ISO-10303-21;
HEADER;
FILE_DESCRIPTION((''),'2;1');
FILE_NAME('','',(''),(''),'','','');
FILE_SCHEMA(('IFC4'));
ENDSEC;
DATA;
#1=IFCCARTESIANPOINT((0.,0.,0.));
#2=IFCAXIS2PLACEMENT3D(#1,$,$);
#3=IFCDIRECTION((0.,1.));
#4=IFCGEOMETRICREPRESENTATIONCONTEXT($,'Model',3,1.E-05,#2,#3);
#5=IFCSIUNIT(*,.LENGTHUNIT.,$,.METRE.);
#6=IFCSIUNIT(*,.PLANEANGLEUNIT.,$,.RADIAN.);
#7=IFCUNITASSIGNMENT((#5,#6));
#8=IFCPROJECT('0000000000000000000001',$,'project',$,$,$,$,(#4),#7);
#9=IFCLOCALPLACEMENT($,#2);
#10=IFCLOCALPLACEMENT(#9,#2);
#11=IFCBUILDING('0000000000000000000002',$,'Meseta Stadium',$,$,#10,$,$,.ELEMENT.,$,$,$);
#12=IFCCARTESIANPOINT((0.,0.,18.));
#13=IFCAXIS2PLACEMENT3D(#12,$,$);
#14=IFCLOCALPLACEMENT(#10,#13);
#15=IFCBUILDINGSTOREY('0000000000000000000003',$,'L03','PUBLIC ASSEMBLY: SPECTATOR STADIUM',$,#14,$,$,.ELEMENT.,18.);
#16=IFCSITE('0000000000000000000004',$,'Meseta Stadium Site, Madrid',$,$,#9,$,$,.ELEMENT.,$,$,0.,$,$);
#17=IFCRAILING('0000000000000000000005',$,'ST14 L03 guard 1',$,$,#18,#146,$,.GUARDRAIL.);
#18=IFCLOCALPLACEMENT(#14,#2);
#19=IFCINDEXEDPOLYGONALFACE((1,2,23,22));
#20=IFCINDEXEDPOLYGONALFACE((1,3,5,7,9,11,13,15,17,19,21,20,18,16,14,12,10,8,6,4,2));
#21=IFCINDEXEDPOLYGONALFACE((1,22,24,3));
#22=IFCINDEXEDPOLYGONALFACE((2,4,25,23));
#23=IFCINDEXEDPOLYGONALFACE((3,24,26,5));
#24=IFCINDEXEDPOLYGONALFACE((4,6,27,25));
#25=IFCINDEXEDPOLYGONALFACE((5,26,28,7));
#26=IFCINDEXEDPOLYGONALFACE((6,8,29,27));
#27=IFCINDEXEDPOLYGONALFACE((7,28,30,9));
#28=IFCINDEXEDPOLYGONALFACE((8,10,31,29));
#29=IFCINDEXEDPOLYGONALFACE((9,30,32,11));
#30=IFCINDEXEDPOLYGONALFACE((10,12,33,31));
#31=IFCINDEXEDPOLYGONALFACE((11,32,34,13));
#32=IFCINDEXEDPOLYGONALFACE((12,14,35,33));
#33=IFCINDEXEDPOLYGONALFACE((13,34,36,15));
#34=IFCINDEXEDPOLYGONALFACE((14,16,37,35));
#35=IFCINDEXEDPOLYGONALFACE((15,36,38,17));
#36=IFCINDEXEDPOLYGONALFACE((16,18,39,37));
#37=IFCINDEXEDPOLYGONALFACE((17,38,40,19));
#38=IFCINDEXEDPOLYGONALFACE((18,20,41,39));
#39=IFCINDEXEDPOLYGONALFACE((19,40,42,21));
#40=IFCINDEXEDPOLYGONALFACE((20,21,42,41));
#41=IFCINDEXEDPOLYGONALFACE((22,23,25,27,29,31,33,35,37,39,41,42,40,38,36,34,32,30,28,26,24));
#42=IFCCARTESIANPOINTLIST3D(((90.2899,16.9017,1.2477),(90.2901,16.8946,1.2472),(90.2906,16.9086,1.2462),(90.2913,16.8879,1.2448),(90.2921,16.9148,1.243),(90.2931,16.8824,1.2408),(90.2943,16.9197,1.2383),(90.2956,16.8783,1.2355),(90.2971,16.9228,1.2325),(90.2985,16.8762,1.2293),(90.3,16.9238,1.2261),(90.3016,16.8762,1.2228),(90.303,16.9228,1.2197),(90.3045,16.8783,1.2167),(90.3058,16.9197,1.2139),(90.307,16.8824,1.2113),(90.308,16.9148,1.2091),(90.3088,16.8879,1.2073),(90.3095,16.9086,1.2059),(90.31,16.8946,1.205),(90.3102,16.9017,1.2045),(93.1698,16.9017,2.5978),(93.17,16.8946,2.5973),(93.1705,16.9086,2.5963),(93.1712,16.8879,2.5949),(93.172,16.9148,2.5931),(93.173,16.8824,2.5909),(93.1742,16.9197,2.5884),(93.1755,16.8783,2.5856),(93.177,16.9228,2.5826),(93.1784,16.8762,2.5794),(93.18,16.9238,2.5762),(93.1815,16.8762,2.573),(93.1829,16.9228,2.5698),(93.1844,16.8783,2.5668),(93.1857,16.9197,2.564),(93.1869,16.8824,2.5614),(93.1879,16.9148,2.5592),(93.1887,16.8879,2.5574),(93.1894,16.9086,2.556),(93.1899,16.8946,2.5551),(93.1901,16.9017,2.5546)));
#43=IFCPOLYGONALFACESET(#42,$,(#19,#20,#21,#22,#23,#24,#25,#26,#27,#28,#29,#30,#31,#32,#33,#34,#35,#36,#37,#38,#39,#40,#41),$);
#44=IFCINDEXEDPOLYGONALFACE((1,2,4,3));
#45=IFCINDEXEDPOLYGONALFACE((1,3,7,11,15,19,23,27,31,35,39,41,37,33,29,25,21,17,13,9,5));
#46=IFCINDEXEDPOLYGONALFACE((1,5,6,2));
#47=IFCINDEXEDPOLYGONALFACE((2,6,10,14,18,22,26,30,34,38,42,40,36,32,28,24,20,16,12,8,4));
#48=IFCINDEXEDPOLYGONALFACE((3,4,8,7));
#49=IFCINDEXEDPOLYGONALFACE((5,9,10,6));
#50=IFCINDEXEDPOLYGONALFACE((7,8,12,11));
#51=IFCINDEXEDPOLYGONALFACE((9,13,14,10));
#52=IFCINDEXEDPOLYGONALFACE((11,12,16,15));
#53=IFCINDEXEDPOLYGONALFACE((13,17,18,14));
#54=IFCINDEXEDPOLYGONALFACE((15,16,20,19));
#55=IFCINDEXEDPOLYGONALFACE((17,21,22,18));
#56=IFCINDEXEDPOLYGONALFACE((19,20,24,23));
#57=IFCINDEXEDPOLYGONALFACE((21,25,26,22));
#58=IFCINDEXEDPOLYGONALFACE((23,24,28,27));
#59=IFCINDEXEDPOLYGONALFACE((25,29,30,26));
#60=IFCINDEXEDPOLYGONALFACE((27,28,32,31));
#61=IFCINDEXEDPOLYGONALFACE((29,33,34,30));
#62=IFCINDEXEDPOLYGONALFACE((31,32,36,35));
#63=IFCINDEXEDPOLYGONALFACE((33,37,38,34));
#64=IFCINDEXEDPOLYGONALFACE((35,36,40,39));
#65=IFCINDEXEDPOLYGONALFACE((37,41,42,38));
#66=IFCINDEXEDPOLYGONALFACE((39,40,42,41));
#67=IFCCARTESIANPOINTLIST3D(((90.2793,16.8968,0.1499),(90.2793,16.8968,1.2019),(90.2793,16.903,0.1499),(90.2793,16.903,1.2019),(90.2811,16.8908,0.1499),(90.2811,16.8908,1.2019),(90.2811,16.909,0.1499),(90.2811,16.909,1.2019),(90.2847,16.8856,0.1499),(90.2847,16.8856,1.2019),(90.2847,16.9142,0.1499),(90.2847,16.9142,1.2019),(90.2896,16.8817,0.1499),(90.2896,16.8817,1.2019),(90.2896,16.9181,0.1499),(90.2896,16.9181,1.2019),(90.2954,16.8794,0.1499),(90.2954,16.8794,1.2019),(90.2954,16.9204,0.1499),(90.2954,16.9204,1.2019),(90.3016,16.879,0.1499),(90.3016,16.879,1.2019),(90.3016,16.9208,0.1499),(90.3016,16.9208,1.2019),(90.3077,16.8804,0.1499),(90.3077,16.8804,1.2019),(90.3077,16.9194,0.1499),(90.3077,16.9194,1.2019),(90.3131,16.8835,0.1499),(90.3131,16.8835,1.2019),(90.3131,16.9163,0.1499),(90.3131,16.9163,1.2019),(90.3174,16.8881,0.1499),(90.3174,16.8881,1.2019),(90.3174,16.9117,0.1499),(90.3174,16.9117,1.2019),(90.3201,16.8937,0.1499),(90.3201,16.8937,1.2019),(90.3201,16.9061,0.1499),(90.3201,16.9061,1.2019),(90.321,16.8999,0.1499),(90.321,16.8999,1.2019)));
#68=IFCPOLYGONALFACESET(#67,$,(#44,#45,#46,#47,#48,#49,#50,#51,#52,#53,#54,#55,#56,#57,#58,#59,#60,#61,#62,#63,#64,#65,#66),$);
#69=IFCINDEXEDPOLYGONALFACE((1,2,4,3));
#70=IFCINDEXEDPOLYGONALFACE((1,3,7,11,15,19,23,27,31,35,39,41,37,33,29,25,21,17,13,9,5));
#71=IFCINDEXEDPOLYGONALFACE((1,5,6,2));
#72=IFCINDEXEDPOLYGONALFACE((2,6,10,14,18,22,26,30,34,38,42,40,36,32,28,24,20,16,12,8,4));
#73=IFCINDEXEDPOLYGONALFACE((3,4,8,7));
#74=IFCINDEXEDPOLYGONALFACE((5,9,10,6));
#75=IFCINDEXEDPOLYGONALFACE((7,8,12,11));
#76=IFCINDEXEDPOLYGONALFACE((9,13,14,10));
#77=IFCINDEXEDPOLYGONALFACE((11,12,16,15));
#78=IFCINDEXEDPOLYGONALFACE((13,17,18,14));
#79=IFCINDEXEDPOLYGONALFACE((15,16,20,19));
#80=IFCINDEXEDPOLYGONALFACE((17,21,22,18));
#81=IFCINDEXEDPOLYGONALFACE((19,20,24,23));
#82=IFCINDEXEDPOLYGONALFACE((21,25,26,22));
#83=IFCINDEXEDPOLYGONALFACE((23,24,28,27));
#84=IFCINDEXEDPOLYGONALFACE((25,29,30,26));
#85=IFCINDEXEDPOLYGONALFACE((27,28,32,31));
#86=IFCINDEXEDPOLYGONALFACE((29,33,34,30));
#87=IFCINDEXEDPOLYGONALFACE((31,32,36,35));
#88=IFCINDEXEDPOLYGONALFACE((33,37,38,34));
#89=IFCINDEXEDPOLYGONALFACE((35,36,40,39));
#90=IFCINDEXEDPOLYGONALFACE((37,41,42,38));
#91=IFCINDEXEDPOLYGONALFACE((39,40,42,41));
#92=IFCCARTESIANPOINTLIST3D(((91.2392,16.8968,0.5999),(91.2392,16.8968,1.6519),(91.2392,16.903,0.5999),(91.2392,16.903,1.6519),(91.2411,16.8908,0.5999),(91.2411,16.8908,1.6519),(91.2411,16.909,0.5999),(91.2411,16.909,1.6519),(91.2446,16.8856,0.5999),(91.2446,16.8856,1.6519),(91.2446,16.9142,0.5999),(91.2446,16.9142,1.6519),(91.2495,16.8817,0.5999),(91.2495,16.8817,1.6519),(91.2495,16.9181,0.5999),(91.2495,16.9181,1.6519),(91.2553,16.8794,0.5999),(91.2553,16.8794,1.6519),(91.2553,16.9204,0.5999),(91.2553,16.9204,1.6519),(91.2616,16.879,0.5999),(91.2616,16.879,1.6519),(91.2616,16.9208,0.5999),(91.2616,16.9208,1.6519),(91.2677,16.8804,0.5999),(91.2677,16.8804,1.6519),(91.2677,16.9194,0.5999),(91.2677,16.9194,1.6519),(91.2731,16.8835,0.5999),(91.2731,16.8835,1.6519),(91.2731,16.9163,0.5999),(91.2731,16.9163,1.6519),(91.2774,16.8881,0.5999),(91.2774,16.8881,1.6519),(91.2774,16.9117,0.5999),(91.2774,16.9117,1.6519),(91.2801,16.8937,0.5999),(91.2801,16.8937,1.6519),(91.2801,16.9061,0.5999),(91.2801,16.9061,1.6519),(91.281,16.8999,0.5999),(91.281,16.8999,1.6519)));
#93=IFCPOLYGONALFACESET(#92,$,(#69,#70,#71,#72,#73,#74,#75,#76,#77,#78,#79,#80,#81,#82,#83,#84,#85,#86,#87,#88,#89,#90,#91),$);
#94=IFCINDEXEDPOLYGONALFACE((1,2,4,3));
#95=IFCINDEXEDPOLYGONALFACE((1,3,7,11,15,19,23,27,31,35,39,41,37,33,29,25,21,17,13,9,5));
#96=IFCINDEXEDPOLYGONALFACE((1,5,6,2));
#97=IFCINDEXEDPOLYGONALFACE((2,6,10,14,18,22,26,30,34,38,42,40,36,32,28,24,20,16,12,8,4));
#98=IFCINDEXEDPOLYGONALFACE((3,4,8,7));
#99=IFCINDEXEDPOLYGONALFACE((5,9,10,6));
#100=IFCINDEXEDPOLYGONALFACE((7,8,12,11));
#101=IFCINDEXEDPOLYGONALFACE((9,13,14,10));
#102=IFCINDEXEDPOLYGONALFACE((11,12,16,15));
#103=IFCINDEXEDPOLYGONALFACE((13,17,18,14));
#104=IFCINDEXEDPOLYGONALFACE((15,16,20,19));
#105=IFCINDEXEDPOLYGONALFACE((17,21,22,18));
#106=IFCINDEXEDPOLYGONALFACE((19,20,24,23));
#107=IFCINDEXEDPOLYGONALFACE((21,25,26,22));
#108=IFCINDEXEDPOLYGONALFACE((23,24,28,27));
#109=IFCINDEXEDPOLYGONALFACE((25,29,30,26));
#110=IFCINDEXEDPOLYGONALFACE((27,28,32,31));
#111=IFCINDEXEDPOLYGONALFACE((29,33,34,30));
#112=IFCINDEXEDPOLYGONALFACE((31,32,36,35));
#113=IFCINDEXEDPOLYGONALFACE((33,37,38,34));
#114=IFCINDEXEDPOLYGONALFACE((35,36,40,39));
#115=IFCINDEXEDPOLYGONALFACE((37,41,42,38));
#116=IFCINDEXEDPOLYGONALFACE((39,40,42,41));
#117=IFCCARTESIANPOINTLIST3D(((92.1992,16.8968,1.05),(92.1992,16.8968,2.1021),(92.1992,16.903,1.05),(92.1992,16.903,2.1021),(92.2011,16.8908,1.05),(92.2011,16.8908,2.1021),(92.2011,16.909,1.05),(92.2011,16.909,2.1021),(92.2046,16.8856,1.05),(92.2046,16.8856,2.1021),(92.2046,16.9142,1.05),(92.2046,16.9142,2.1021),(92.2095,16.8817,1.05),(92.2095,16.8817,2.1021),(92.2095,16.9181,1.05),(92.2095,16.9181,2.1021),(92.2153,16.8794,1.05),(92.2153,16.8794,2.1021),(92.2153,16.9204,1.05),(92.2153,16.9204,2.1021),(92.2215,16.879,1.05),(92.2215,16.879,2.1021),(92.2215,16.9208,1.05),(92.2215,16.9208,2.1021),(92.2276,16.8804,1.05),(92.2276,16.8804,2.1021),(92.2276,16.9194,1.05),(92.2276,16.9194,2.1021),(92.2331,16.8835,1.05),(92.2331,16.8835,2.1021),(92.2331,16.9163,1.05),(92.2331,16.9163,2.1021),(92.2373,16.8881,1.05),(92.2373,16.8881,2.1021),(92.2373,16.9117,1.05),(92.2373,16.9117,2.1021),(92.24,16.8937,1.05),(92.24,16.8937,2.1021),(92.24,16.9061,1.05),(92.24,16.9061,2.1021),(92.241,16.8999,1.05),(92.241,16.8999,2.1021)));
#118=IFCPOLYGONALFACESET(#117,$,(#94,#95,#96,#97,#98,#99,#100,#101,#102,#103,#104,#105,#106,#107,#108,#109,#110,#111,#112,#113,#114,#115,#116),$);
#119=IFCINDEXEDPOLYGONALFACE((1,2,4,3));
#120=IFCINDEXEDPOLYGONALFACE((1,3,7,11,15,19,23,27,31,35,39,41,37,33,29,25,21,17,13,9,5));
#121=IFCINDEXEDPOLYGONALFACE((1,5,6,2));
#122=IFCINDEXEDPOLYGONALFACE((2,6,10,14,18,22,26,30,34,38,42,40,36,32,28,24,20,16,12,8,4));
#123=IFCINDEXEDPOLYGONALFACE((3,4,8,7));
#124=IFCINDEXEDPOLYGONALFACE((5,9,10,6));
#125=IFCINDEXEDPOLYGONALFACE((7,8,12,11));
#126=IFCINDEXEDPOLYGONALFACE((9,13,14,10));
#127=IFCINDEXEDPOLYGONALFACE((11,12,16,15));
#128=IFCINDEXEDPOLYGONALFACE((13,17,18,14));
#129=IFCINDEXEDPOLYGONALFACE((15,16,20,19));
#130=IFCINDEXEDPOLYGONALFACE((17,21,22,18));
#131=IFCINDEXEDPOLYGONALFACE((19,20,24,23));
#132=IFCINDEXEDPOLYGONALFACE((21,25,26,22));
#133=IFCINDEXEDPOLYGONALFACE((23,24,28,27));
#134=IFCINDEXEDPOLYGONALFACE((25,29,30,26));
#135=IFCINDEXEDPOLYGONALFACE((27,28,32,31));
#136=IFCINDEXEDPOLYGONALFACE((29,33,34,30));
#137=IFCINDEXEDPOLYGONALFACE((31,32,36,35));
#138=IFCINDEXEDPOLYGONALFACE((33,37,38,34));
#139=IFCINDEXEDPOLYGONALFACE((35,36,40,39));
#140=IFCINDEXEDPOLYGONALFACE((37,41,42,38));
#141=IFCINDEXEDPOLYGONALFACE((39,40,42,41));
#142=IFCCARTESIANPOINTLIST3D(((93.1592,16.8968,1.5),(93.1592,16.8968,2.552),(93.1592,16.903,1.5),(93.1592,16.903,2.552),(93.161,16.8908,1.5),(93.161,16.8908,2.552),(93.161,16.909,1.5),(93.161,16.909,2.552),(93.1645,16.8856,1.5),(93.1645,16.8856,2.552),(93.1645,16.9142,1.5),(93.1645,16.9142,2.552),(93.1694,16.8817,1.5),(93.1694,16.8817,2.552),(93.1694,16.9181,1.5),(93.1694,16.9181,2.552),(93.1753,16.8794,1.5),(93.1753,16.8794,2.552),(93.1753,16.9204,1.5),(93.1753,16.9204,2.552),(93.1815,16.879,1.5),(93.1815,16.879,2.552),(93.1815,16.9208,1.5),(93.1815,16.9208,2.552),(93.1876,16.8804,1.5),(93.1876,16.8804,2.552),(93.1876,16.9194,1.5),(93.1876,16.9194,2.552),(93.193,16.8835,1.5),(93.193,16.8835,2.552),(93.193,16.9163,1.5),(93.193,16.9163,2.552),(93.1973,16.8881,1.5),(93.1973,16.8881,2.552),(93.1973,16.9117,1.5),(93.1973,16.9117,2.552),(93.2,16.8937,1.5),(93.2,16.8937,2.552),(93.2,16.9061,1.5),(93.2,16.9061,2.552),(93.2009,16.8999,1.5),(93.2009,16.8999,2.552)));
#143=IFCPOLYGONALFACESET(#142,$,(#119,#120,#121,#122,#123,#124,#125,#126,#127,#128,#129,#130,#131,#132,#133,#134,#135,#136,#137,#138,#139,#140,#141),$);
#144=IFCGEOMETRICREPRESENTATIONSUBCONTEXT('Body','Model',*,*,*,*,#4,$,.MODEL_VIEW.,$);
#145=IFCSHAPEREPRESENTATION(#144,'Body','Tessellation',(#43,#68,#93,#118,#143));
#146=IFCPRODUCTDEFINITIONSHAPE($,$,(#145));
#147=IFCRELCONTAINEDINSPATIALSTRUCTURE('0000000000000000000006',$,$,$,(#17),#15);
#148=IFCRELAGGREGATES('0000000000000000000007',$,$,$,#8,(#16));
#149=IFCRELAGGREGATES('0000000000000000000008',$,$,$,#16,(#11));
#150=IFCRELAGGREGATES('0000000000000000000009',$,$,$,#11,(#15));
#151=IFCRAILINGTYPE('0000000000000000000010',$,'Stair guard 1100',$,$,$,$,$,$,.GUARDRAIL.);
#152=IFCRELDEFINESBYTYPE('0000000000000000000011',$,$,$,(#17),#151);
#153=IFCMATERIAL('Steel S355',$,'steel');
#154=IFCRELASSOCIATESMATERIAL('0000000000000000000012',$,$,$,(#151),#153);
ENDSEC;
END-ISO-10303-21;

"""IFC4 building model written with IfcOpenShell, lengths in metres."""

from ifc_helpers import new_model, si_unit, direction, frame, origin, origin_2d, place, context, subcontext, project, spatial, circle, extrude, material, type_object, element, save


model = new_model("IFC4")

# Units and contexts
model_context = context("Model", 3, precision=1e-05, world=origin(), true_north=direction((0.0, 1.0)))
body_context = subcontext(model_context, "Body", "Model", "MODEL_VIEW")
ifc_project = project(units=[si_unit("LENGTHUNIT", "METRE"), si_unit("PLANEANGLEUNIT", "RADIAN")], contexts=[model_context])

# Site, building, storey
site_placement = place(None, origin())
site = spatial("IfcSite", under=ifc_project, at=site_placement, Name="Meseta Stadium Site, Madrid", CompositionType="ELEMENT", RefElevation=0.0)
building_placement = place(site_placement, origin())
building = spatial("IfcBuilding", under=site, at=building_placement, Name="Meseta Stadium", CompositionType="ELEMENT")
storey_placement = place(building_placement, frame((0.0, 0.0, 18.0)))
storey = spatial("IfcBuildingStorey", under=building, at=storey_placement, Name="L03", Description="PUBLIC ASSEMBLY: SPECTATOR STADIUM", CompositionType="ELEMENT", Elevation=18.0)

# Railing
ifc_material_1 = material(Name="Steel S355", Category="steel")
railing_type_1 = type_object("IfcRailingType", Name="Stair guard 1100", PredefinedType="GUARDRAIL", material=ifc_material_1)
railing_1_placement = place(storey_placement, frame((90.3, 16.8999, 0.1499)))
element("IfcRailing", 1, at=railing_1_placement, inside=storey, type_object=railing_type_1, Name="ST14 L03 guard 1", PredefinedType="GUARDRAIL", context=body_context, shape_type="SweptSolid", body=[
    extrude(circle(Radius=0.0239, at=origin_2d()), frame((0.0, 0.0, 1.0762), z_axis=(0.90544, 0.0, 0.424473), x_axis=(0.0, 1.0, 0.0)), (0.0, 0.0, 1.0), 3.1807),
    extrude(circle(Radius=0.021, at=origin_2d()), origin(), (0.0, 0.0, 1.0), 1.052),
    extrude(circle(Radius=0.021, at=origin_2d()), frame((0.96, 0.0, 0.45)), (0.0, 0.0, 1.0), 1.052),
    extrude(circle(Radius=0.021, at=origin_2d()), frame((1.9199, 0.0, 0.9001)), (0.0, 0.0, 1.0), 1.052),
    extrude(circle(Radius=0.021, at=origin_2d()), frame((2.8799, 0.0, 1.3501)), (0.0, 0.0, 1.0), 1.052),
])

save(model, "model.ifc")
